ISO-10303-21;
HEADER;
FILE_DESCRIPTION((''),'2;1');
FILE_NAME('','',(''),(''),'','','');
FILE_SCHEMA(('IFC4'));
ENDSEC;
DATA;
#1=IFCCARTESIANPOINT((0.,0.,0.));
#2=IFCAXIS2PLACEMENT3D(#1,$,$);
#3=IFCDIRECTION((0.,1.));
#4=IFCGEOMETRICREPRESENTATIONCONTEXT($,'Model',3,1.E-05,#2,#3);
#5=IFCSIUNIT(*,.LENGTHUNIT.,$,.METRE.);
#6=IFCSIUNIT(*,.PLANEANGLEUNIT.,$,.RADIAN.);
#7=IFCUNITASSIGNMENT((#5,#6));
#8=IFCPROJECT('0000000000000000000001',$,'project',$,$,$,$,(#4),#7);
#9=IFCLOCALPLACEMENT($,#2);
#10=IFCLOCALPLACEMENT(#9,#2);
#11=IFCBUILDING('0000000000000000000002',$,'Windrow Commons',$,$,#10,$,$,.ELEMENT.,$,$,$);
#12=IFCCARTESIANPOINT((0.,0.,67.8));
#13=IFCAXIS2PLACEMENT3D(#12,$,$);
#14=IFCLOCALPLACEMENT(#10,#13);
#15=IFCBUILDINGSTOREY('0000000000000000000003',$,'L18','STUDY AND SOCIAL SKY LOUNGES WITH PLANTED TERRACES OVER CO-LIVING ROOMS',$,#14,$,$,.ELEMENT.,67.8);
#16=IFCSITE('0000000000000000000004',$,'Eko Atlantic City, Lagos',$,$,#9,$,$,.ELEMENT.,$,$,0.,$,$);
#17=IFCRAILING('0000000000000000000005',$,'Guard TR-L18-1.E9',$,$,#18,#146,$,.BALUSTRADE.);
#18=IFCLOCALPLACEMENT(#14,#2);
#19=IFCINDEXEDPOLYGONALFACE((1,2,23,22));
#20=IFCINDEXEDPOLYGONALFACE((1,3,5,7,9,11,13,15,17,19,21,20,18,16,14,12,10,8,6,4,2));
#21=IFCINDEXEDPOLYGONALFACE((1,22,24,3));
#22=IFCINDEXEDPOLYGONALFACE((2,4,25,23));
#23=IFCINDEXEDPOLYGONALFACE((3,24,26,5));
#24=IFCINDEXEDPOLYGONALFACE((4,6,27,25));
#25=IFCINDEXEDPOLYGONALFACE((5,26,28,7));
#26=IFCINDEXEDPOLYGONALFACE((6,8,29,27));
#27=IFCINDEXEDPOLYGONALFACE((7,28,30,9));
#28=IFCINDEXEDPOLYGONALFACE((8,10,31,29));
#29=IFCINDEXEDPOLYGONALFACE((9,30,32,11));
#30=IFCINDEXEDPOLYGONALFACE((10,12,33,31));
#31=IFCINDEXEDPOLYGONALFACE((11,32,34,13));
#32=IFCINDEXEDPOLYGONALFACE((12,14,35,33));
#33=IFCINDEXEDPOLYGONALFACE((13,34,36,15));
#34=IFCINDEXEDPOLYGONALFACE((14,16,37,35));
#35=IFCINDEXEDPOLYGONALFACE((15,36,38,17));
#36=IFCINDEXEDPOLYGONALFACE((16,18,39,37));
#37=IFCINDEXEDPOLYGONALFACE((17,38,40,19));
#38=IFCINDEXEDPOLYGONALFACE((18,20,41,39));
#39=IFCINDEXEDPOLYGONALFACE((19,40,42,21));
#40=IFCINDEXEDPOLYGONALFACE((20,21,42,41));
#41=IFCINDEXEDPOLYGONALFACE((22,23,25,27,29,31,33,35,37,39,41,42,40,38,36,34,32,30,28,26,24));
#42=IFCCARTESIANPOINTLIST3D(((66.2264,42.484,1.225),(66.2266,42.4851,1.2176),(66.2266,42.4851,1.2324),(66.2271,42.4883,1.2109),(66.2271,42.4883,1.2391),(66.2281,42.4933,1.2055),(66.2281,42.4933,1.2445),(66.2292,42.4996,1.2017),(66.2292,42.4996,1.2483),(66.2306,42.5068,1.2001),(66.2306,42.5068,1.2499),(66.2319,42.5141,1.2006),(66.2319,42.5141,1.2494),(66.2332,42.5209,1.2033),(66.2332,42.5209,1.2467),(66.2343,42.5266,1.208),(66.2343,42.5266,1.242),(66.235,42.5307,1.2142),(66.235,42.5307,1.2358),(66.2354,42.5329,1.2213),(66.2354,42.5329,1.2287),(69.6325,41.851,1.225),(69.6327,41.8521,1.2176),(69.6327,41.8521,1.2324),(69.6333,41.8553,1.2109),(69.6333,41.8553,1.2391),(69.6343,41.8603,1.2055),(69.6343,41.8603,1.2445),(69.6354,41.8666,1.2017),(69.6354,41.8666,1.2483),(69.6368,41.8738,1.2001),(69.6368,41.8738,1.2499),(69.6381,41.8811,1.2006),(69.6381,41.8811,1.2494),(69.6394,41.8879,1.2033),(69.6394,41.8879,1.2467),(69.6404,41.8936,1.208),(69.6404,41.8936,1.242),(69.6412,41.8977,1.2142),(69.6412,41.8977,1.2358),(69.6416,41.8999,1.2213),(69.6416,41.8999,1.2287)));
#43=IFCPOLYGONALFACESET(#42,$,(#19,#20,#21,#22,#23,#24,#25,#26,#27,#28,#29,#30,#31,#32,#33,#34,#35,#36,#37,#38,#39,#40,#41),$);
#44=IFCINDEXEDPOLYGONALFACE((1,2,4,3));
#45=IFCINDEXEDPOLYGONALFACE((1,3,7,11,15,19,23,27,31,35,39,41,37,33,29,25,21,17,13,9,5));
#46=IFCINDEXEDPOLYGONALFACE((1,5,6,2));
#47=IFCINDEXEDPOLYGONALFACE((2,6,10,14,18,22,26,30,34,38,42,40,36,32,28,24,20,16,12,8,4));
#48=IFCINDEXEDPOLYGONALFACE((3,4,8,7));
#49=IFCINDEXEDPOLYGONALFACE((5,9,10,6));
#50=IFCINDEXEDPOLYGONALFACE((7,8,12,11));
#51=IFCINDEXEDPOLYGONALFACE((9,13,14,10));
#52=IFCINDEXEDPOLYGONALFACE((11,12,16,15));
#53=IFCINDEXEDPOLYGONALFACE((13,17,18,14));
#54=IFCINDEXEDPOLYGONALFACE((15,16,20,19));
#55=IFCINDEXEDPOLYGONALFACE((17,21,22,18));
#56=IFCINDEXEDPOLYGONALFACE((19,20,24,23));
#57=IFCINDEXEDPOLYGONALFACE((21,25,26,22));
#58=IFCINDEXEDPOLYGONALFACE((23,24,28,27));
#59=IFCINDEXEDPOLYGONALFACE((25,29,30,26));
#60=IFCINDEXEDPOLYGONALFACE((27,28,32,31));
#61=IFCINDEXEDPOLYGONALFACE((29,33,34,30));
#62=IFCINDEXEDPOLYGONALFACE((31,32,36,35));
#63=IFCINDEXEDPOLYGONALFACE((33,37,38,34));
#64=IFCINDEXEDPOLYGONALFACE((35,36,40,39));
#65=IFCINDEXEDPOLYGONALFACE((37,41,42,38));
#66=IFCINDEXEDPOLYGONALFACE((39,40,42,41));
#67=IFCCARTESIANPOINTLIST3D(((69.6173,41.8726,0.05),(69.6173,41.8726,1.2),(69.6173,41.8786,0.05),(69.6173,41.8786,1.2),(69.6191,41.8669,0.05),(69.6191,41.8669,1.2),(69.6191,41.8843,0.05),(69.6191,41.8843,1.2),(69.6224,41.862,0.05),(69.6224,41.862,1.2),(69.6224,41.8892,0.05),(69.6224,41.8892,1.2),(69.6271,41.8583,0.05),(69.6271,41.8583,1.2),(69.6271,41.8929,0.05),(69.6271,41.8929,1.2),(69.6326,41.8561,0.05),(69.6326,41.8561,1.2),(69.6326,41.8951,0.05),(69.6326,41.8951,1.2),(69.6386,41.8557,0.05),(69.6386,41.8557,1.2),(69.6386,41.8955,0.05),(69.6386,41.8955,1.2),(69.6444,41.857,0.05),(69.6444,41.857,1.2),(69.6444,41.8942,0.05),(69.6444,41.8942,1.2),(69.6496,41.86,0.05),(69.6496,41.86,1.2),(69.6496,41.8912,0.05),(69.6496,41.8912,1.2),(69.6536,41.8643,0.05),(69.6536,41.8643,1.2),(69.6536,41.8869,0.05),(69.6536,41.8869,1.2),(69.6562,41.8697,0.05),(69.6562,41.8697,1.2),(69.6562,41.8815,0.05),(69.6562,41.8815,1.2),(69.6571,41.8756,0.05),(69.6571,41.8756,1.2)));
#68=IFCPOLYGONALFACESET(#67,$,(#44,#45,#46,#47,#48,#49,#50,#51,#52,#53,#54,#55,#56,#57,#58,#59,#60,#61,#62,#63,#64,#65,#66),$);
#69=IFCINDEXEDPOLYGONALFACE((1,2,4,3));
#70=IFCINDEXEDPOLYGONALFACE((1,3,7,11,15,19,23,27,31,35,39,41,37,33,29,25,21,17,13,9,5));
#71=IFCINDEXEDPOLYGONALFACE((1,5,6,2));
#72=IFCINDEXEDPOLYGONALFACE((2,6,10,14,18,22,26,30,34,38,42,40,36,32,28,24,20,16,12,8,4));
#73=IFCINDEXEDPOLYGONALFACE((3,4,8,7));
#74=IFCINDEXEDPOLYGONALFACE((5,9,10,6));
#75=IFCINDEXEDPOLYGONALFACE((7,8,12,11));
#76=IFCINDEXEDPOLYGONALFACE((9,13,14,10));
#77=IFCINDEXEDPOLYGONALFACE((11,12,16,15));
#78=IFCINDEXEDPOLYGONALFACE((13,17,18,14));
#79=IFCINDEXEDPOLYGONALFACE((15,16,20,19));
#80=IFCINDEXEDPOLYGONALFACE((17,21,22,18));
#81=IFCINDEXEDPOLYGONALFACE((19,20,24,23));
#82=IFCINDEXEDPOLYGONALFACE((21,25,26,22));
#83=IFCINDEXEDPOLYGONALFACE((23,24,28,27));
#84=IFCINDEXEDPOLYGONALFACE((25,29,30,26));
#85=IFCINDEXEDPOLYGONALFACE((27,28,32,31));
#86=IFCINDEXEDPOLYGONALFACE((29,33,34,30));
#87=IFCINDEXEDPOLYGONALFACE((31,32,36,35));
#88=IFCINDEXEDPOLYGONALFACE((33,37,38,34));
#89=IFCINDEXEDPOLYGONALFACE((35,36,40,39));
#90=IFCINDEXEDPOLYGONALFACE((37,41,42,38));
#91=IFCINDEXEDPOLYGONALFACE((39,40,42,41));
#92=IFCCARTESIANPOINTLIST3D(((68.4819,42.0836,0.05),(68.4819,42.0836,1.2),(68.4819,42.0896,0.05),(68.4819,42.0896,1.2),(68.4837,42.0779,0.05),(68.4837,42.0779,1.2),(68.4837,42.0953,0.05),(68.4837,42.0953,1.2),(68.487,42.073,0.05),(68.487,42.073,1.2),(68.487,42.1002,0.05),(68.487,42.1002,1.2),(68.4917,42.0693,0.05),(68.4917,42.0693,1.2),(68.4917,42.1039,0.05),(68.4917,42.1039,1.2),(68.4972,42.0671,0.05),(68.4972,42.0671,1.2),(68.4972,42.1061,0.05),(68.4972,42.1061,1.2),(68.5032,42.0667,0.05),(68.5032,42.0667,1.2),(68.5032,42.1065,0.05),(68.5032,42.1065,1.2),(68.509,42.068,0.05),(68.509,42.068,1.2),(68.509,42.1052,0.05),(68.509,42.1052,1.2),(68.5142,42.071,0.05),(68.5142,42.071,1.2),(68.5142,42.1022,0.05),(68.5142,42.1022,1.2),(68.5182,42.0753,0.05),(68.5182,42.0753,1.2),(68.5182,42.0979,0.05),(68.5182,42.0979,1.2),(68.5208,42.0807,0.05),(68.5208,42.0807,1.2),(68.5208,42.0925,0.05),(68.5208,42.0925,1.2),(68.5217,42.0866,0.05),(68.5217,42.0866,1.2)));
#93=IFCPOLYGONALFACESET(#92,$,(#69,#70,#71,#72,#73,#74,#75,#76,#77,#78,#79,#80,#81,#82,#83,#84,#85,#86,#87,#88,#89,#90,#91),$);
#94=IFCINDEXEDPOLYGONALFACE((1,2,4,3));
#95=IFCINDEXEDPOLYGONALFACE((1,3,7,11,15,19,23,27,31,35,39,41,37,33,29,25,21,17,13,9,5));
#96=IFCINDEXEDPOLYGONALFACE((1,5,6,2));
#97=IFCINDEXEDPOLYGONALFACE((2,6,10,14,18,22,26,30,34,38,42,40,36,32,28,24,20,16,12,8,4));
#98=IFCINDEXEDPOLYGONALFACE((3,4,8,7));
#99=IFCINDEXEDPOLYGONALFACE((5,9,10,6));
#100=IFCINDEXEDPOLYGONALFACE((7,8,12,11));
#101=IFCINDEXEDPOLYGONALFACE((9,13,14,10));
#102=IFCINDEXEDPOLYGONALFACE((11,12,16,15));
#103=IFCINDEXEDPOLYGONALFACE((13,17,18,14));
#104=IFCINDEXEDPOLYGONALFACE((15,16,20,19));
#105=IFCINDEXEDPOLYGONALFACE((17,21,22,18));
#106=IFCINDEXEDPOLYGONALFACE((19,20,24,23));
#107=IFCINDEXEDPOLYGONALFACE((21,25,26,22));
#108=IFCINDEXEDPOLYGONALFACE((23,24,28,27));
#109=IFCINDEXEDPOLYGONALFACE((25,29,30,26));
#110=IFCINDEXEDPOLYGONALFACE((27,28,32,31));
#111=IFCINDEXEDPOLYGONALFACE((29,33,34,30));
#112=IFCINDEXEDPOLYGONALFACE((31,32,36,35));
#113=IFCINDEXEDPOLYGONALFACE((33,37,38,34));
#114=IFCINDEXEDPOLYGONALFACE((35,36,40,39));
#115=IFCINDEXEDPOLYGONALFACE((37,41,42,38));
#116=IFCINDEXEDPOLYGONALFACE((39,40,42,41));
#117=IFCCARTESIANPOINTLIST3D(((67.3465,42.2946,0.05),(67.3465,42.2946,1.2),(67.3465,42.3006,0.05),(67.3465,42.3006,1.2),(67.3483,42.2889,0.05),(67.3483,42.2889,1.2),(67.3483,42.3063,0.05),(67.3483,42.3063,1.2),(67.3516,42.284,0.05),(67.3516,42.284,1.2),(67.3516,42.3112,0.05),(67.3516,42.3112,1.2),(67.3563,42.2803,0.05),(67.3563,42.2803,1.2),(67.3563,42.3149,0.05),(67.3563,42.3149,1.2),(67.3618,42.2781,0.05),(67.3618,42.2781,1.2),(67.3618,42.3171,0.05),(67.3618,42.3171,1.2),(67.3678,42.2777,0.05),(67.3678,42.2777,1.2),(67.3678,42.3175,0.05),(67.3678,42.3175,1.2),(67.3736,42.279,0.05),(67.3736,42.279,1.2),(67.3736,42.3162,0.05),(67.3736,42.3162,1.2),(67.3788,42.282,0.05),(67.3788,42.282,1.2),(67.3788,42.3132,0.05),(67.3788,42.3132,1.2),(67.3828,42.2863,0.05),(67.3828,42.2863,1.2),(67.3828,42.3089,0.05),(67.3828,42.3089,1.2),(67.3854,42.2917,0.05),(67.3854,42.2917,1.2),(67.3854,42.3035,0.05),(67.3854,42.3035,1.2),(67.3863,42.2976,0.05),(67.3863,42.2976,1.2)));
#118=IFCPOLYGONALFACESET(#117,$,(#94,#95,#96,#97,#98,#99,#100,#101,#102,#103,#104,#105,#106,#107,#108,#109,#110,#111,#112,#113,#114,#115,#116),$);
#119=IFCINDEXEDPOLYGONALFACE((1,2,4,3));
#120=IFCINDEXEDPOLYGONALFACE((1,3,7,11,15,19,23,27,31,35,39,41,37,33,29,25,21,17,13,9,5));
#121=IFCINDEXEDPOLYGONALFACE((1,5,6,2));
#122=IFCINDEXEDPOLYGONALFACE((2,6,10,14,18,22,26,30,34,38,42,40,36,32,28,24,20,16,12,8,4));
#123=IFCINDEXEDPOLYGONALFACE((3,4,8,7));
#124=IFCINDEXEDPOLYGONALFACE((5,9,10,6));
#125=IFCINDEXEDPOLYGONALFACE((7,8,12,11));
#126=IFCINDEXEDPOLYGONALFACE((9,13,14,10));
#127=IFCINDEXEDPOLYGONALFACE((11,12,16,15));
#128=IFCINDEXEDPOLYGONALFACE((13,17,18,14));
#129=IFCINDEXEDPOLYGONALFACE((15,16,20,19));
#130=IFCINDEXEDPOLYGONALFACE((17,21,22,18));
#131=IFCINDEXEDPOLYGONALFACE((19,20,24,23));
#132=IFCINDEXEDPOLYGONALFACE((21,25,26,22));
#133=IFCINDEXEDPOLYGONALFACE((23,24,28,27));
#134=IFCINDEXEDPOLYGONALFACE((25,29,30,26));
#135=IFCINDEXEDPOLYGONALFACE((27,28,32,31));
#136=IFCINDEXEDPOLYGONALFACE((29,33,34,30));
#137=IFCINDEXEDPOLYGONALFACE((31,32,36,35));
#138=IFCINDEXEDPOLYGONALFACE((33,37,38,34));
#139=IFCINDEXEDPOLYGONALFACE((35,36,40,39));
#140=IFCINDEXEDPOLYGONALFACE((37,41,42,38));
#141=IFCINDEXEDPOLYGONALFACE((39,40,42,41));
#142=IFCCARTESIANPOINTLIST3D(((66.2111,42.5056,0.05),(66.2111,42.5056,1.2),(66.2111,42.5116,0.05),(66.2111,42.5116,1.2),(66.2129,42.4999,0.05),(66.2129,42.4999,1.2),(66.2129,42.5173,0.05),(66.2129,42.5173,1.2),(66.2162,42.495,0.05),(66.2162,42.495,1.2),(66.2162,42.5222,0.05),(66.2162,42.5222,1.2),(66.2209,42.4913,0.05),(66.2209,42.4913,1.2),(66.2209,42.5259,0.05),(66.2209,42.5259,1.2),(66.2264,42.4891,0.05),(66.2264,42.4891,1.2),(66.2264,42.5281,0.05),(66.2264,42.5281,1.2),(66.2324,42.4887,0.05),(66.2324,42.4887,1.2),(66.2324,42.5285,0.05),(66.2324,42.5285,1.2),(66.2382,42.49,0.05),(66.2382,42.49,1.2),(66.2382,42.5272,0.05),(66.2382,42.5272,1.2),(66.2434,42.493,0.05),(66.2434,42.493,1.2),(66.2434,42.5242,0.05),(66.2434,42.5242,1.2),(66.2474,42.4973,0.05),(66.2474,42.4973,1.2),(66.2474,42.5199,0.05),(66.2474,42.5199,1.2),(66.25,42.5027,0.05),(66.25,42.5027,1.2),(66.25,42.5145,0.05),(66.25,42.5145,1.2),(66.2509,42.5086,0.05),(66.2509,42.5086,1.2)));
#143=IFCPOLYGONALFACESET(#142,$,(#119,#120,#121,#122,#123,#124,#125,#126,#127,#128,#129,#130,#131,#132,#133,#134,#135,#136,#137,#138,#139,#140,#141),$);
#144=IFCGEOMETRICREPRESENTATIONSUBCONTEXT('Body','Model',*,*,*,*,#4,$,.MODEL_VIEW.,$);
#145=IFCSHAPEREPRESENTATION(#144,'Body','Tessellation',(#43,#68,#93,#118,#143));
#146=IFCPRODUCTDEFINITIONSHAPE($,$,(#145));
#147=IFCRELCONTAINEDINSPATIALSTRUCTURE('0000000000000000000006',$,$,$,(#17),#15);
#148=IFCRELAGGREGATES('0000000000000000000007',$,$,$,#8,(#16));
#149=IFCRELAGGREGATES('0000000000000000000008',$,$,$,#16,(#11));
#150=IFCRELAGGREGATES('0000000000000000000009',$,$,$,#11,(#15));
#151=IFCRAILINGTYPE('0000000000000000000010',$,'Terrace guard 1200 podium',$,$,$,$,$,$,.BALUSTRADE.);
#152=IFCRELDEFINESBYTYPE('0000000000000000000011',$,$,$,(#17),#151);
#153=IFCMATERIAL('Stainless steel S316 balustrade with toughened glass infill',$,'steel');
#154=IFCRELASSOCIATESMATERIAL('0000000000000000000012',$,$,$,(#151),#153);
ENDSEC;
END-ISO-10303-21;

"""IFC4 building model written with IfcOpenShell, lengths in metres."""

from ifc_helpers import new_model, si_unit, direction, frame, origin, origin_2d, place, context, subcontext, project, spatial, circle, extrude, material, type_object, element, save


model = new_model("IFC4")

# Units and contexts
model_context = context("Model", 3, precision=1e-05, world=origin(), true_north=direction((0.0, 1.0)))
body_context = subcontext(model_context, "Body", "Model", "MODEL_VIEW")
ifc_project = project(units=[si_unit("LENGTHUNIT", "METRE"), si_unit("PLANEANGLEUNIT", "RADIAN")], contexts=[model_context])

# Site, building, storey
site_placement = place(None, origin())
site = spatial("IfcSite", under=ifc_project, at=site_placement, Name="Eko Atlantic City, Lagos", CompositionType="ELEMENT", RefElevation=0.0)
building_placement = place(site_placement, origin())
building = spatial("IfcBuilding", under=site, at=building_placement, Name="Windrow Commons", CompositionType="ELEMENT")
storey_placement = place(building_placement, frame((0.0, 0.0, 67.8)))
storey = spatial("IfcBuildingStorey", under=building, at=storey_placement, Name="L18", Description="STUDY AND SOCIAL SKY LOUNGES WITH PLANTED TERRACES OVER CO-LIVING ROOMS", CompositionType="ELEMENT", Elevation=67.8)

# Railing
ifc_material_1 = material(Name="Stainless steel S316 balustrade with toughened glass infill", Category="steel")
railing_type = type_object("IfcRailingType", Name="Terrace guard 1200 podium", PredefinedType="BALUSTRADE", material=ifc_material_1)
railing_1_placement = place(storey_placement, frame((69.6371, 41.8756, 0.05)))
element("IfcRailing", 1, at=railing_1_placement, inside=storey, type_object=railing_type, Name="Guard TR-L18-1.E9", PredefinedType="BALUSTRADE", context=body_context, shape_type="SweptSolid", body=[
    extrude(circle(Radius=0.025, at=origin_2d()), frame((0.0, 0.0, 1.175), z_axis=(-0.983167, 0.182709, 0.0), x_axis=(-0.182709, -0.983167, 0.0)), (0.0, 0.0, 1.0), 3.4645),
    extrude(circle(Radius=0.02, at=origin_2d()), origin(), (0.0, 0.0, 1.0), 1.15),
    extrude(circle(Radius=0.02, at=origin_2d()), frame((-1.1354, 0.211, 0.0)), (0.0, 0.0, 1.0), 1.15),
    extrude(circle(Radius=0.02, at=origin_2d()), frame((-2.2708, 0.422, 0.0)), (0.0, 0.0, 1.0), 1.15),
    extrude(circle(Radius=0.02, at=origin_2d()), frame((-3.4062, 0.633, 0.0)), (0.0, 0.0, 1.0), 1.15),
])

save(model, "model.ifc")
